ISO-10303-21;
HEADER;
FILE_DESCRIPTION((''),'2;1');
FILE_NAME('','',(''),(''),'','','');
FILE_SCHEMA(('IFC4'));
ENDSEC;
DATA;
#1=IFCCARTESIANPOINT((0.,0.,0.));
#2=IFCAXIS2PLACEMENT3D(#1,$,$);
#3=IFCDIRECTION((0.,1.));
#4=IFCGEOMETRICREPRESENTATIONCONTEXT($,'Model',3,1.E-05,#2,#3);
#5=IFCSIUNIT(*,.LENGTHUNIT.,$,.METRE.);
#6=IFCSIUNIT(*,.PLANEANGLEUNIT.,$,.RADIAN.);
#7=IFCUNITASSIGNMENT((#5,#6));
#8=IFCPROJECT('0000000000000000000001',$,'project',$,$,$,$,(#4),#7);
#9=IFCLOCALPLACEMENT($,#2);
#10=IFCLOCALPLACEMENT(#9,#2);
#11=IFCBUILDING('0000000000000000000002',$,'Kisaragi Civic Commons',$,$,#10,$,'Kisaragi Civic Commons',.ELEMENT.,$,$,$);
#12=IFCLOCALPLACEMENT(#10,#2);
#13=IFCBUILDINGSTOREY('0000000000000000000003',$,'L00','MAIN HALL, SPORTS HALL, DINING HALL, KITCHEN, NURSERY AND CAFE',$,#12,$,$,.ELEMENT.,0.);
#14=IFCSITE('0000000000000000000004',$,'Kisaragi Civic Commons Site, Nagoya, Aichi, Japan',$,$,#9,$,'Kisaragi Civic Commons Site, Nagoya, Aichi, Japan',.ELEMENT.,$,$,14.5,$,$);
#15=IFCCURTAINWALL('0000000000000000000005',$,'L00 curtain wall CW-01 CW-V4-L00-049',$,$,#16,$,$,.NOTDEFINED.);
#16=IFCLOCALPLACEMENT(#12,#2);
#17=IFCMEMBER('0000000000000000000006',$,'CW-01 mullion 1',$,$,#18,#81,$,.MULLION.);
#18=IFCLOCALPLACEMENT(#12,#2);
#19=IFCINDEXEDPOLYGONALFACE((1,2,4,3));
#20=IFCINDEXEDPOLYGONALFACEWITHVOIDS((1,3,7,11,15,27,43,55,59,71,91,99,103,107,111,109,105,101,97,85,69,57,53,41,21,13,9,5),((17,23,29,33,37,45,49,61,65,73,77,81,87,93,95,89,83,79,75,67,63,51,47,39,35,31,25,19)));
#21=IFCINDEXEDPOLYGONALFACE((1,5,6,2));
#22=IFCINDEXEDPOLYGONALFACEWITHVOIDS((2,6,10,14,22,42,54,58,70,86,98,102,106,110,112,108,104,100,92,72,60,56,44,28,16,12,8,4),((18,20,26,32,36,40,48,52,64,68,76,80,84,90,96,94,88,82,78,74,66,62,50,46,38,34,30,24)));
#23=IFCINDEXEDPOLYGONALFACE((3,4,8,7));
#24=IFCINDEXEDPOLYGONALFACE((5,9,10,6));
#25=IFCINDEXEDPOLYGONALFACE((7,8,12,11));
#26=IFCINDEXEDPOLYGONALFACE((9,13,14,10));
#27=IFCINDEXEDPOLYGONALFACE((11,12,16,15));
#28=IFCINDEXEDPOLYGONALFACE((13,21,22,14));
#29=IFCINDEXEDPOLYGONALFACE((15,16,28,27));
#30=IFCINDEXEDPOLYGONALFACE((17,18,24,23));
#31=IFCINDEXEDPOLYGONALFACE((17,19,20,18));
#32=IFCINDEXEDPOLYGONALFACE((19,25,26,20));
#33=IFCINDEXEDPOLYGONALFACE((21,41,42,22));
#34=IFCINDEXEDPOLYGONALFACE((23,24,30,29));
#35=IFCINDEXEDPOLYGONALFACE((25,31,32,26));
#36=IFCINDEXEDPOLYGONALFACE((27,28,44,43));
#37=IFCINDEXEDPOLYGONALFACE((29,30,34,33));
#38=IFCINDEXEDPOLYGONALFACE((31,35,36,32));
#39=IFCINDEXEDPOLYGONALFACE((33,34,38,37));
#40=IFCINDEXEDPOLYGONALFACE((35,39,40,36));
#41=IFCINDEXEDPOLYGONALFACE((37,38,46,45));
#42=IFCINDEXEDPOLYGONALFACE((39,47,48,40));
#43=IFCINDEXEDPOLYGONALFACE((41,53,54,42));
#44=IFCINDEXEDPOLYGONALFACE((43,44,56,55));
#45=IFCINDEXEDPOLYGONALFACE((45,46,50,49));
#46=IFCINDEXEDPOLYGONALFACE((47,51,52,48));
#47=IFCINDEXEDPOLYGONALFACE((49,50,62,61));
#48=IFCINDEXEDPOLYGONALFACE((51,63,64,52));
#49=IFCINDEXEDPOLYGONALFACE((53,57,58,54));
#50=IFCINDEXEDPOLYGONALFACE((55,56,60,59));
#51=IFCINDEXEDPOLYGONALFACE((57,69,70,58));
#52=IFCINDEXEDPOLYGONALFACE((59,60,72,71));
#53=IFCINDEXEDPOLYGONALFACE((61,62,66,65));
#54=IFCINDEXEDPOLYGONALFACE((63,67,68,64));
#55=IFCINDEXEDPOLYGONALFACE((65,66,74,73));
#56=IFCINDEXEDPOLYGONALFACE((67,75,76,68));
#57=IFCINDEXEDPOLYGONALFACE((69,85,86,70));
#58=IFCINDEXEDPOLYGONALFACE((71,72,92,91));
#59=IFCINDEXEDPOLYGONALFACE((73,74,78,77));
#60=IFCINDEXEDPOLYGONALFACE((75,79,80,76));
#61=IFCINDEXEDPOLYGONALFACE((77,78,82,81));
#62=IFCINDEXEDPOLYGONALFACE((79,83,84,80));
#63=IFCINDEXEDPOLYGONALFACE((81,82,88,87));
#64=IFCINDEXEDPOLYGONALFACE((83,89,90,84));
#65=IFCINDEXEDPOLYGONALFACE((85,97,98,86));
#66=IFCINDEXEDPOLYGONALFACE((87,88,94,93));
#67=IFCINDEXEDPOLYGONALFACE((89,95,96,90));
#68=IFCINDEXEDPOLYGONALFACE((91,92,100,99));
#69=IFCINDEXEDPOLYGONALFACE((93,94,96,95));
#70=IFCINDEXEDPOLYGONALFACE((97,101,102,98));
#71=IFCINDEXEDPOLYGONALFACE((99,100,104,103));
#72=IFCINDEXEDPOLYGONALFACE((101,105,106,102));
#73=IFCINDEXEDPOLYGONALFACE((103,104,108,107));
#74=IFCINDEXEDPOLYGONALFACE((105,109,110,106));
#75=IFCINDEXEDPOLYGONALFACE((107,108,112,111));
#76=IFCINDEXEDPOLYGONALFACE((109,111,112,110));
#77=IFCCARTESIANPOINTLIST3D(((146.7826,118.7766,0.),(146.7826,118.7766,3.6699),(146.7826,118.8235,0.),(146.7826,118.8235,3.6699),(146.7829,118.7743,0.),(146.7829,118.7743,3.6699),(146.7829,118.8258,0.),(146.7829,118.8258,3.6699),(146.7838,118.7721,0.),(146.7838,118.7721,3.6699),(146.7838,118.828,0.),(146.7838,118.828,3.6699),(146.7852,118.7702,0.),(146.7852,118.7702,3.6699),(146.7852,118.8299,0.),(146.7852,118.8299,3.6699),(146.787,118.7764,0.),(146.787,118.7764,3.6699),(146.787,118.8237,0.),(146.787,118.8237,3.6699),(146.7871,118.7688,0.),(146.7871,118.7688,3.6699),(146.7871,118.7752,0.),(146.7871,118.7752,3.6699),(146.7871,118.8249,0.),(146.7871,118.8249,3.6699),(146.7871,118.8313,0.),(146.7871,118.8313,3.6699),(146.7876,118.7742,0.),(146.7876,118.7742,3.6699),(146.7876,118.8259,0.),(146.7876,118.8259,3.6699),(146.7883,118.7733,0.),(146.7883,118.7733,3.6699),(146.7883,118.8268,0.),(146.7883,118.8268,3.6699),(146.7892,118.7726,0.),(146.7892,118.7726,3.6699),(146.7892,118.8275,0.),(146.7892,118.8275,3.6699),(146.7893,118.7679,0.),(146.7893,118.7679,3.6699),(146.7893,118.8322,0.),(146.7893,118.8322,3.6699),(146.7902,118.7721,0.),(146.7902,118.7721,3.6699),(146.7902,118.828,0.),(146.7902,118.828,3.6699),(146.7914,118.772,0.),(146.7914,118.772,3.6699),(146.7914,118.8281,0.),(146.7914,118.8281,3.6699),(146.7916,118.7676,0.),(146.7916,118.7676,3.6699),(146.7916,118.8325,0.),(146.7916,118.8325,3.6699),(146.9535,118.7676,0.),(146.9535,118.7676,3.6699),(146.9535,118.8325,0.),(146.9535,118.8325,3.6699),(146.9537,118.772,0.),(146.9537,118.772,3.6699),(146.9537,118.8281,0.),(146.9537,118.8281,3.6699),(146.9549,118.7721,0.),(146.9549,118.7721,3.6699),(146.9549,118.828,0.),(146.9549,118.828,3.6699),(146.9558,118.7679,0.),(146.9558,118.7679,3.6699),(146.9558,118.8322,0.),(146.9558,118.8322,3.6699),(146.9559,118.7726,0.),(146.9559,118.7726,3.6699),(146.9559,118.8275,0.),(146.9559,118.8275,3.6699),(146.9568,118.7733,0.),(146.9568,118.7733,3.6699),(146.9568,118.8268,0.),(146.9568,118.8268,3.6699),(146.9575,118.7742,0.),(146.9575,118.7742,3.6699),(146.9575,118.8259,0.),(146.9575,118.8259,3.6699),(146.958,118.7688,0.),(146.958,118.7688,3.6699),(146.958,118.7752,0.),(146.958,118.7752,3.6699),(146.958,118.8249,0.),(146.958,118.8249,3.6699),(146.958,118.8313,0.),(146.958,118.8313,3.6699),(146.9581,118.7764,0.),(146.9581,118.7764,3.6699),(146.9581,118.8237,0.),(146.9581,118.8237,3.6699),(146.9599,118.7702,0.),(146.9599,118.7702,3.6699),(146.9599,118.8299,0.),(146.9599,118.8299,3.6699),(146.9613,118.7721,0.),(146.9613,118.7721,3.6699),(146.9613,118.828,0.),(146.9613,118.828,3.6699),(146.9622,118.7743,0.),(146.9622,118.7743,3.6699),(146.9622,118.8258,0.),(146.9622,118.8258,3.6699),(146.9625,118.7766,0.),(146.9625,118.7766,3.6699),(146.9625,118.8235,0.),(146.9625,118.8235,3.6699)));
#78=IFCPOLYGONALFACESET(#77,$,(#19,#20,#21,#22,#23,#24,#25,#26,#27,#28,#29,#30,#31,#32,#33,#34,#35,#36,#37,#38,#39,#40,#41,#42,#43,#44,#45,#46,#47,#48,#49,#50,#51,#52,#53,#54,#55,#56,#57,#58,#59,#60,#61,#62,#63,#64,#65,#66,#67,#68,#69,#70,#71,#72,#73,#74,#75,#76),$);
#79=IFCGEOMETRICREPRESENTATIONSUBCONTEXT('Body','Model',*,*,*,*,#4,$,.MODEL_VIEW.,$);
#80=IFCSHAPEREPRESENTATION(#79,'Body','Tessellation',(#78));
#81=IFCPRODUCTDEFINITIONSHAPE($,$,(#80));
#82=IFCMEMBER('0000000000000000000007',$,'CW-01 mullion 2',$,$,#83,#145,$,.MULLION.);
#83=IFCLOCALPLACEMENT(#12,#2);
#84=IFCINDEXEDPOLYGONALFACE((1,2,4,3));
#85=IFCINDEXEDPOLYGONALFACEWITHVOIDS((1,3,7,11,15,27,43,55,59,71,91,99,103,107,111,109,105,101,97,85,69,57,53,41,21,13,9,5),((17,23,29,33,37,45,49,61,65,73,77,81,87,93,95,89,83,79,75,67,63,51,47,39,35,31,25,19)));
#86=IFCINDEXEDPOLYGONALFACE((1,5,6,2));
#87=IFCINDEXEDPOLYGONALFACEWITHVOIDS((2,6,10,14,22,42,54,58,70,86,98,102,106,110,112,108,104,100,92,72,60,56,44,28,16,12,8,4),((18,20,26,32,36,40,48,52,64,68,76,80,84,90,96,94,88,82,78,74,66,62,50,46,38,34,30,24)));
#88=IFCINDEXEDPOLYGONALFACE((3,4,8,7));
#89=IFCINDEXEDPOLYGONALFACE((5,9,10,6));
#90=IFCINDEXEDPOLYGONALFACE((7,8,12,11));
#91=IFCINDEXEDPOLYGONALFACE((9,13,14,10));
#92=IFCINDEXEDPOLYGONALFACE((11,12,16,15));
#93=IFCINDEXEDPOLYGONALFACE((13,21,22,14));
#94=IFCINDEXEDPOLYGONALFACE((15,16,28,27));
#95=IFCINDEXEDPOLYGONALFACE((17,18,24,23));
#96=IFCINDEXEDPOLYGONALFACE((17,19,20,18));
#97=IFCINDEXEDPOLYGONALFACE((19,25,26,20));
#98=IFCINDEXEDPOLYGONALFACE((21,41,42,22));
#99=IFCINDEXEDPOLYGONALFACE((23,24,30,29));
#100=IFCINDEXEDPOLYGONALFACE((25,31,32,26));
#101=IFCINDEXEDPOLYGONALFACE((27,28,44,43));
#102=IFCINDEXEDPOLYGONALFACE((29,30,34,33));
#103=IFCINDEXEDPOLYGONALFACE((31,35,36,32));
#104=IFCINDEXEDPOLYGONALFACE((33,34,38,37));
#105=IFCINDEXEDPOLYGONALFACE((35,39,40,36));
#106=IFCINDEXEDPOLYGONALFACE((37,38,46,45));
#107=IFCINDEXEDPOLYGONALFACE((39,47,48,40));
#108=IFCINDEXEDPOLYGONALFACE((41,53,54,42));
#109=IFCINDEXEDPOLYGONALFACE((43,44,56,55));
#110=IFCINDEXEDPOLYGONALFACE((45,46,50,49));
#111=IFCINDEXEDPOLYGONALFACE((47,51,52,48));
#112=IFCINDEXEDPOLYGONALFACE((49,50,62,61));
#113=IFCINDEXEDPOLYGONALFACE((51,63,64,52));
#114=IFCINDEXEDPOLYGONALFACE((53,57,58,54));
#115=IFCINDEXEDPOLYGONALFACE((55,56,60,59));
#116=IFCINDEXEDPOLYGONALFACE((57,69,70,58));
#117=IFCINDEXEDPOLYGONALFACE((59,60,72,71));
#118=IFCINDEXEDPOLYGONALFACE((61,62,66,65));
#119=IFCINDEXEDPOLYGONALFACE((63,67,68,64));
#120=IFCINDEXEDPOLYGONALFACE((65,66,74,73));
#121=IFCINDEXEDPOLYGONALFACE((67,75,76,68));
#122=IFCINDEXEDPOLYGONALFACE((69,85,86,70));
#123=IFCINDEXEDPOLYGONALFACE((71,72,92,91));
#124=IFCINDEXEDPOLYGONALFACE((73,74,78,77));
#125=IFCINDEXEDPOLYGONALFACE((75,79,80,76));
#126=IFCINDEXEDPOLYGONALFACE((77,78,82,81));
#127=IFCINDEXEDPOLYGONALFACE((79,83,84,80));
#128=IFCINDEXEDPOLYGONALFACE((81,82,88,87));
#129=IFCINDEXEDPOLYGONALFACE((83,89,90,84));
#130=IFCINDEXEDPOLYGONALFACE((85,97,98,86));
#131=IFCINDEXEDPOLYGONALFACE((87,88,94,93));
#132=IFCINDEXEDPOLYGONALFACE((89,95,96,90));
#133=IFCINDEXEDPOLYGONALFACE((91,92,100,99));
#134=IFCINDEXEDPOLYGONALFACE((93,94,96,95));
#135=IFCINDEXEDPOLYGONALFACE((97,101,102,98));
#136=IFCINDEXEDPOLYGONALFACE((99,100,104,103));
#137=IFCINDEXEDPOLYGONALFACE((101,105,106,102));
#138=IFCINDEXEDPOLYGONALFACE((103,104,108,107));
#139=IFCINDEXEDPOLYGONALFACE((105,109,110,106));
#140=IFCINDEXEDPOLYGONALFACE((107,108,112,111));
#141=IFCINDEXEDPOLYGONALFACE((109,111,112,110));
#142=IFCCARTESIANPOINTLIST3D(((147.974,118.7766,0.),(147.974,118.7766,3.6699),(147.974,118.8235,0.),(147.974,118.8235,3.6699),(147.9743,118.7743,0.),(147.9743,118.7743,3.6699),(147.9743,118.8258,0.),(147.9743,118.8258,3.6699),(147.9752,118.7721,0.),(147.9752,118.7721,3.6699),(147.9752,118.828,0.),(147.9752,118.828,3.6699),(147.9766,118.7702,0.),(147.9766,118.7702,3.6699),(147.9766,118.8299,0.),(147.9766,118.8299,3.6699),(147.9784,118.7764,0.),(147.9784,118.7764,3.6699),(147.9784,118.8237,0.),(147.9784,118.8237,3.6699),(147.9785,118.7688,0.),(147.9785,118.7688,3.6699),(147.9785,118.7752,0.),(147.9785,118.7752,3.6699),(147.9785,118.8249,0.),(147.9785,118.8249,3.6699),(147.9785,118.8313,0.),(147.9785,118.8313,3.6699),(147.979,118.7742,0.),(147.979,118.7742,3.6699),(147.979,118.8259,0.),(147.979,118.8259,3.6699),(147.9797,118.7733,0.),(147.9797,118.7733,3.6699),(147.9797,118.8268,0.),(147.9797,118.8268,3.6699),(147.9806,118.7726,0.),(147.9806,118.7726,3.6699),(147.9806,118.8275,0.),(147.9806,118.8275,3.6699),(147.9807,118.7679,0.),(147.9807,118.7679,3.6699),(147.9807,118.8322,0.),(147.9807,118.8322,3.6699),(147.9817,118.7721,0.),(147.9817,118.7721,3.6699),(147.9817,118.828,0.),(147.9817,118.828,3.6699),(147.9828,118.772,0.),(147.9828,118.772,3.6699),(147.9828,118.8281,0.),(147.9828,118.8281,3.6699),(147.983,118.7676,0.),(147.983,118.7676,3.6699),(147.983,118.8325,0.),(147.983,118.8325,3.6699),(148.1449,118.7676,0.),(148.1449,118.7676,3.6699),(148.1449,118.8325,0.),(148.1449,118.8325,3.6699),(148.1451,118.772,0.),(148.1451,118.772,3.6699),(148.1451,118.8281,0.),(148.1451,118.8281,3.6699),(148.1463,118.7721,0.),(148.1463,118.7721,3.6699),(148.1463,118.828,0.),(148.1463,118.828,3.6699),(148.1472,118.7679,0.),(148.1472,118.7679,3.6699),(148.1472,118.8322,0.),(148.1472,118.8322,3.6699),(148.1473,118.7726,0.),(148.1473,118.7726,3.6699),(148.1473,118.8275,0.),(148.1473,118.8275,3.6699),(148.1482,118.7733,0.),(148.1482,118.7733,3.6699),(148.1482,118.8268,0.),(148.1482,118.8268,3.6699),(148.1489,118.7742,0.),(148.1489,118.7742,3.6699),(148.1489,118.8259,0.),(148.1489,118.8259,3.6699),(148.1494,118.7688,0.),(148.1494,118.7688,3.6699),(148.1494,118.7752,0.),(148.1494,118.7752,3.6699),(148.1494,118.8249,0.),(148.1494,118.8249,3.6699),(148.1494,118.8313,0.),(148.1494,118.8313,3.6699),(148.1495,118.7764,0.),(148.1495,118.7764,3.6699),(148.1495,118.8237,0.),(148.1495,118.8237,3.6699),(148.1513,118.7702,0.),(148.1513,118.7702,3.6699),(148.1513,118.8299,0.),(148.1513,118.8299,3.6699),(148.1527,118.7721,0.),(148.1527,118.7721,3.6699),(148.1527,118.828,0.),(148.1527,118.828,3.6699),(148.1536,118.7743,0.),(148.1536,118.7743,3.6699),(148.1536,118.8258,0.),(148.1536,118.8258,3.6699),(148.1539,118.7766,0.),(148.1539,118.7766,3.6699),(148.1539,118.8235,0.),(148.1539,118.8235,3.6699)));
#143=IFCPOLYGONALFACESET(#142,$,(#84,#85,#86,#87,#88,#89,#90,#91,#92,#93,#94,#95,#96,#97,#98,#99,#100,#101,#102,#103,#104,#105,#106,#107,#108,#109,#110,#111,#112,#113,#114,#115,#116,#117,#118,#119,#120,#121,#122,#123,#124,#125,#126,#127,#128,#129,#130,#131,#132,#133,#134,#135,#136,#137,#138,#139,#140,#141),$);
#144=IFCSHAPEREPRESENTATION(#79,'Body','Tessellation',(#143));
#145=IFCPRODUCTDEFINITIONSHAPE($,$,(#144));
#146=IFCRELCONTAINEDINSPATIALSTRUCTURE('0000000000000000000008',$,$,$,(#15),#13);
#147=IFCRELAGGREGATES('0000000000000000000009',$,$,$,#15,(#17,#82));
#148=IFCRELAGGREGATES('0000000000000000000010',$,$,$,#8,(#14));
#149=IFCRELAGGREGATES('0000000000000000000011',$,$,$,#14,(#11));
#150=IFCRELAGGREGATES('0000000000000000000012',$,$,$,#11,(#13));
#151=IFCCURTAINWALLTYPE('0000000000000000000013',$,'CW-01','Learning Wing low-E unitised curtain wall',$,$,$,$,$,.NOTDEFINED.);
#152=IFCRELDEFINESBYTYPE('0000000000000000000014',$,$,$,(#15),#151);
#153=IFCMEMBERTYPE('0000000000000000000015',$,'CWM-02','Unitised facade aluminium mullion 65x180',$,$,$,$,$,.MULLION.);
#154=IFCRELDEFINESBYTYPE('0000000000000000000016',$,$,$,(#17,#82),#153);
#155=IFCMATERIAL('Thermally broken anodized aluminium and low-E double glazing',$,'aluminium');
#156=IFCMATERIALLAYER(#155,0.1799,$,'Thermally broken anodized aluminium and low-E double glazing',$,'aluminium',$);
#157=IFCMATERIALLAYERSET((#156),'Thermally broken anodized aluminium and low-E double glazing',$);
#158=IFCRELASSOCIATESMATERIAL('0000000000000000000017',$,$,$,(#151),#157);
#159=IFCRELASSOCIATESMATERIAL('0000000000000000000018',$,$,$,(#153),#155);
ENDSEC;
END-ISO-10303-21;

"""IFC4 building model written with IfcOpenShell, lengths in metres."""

from ifc_helpers import new_model, si_unit, direction, frame, origin, origin_2d, place, context, subcontext, project, spatial, hollow_rectangle, extrude, material, layer, layer_set, material_profile, profile_set, type_object, element, aggregate, save


model = new_model("IFC4")

# Units and contexts
model_context = context("Model", 3, precision=1e-05, world=origin(), true_north=direction((0.0, 1.0)))
body_context = subcontext(model_context, "Body", "Model", "MODEL_VIEW")
ifc_project = project(units=[si_unit("LENGTHUNIT", "METRE"), si_unit("PLANEANGLEUNIT", "RADIAN")], contexts=[model_context])

# Site, building, storey
site_placement = place(None, origin())
site = spatial("IfcSite", under=ifc_project, at=site_placement, Name="Kisaragi Civic Commons Site, Nagoya, Aichi, Japan", LongName="Kisaragi Civic Commons Site, Nagoya, Aichi, Japan", CompositionType="ELEMENT", RefElevation=14.5)
building_placement = place(site_placement, origin())
building = spatial("IfcBuilding", under=site, at=building_placement, Name="Kisaragi Civic Commons", LongName="Kisaragi Civic Commons", CompositionType="ELEMENT")
storey_placement = place(building_placement, origin())
storey = spatial("IfcBuildingStorey", under=building, at=storey_placement, Name="L00", Description="MAIN HALL, SPORTS HALL, DINING HALL, KITCHEN, NURSERY AND CAFE", CompositionType="ELEMENT", Elevation=0.0)

# Curtain wall, members
ifc_material_1 = material(Name="Thermally broken anodized aluminium and low-E double glazing", Category="aluminium")
ifc_layer_1 = layer(ifc_material_1, 0.1799, Name="Thermally broken anodized aluminium and low-E double glazing", Category="aluminium")
ifc_layer_set_1 = layer_set([ifc_layer_1], Name="Thermally broken anodized aluminium and low-E double glazing")
curtain_wall_type = type_object("IfcCurtainWallType", Name="CW-01", Description="Learning Wing low-E unitised curtain wall", PredefinedType="NOTDEFINED", material=ifc_layer_set_1)
curtain_wall_placement = place(storey_placement, origin())
curtain_wall = element("IfcCurtainWall", 1, at=curtain_wall_placement, inside=storey, type_object=curtain_wall_type, Name="L00 curtain wall CW-01 CW-V4-L00-049", PredefinedType="NOTDEFINED")
ifc_material_profile_1 = material_profile(ifc_material_1, hollow_rectangle(XDim=0.0649, YDim=0.1799, WallThickness=0.0044, InnerFilletRadius=0.0044, OuterFilletRadius=0.009, at=origin_2d()), Name="CWM-65x180x4.5", Category="aluminium")
ifc_profile_set_1 = profile_set([ifc_material_profile_1], Name="Thermally broken anodized aluminium and low-E double glazing")
member_type_1 = type_object("IfcMemberType", Name="CWM-02", Description="Unitised facade aluminium mullion 65x180", PredefinedType="MULLION", material=ifc_profile_set_1)
member_1_placement = place(storey_placement, frame((146.8726, 118.8, 0.0), z_axis=(0.0, 0.0, 1.0), x_axis=(0.0, 1.0, 0.0)))
member_1 = element("IfcMember", 2, at=member_1_placement, type_object=member_type_1, Name="CW-01 mullion 1", PredefinedType="MULLION", context=body_context, shape_type="SweptSolid", body=[
    extrude(hollow_rectangle(XDim=0.0649, YDim=0.1799, WallThickness=0.0044, InnerFilletRadius=0.0044, OuterFilletRadius=0.009, at=origin_2d()), origin(), (0.0, 0.0, 1.0), 3.6699),
])
member_2_placement = place(storey_placement, frame((148.064, 118.8, 0.0), z_axis=(0.0, 0.0, 1.0), x_axis=(0.0, 1.0, 0.0)))
member_2 = element("IfcMember", 3, at=member_2_placement, type_object=member_type_1, Name="CW-01 mullion 2", PredefinedType="MULLION", context=body_context, shape_type="SweptSolid", body=[
    extrude(hollow_rectangle(XDim=0.0649, YDim=0.1799, WallThickness=0.0044, InnerFilletRadius=0.0044, OuterFilletRadius=0.009, at=origin_2d()), origin(), (0.0, 0.0, 1.0), 3.6699),
])
aggregate(curtain_wall, [member_1, member_2])

save(model, "model.ifc")
